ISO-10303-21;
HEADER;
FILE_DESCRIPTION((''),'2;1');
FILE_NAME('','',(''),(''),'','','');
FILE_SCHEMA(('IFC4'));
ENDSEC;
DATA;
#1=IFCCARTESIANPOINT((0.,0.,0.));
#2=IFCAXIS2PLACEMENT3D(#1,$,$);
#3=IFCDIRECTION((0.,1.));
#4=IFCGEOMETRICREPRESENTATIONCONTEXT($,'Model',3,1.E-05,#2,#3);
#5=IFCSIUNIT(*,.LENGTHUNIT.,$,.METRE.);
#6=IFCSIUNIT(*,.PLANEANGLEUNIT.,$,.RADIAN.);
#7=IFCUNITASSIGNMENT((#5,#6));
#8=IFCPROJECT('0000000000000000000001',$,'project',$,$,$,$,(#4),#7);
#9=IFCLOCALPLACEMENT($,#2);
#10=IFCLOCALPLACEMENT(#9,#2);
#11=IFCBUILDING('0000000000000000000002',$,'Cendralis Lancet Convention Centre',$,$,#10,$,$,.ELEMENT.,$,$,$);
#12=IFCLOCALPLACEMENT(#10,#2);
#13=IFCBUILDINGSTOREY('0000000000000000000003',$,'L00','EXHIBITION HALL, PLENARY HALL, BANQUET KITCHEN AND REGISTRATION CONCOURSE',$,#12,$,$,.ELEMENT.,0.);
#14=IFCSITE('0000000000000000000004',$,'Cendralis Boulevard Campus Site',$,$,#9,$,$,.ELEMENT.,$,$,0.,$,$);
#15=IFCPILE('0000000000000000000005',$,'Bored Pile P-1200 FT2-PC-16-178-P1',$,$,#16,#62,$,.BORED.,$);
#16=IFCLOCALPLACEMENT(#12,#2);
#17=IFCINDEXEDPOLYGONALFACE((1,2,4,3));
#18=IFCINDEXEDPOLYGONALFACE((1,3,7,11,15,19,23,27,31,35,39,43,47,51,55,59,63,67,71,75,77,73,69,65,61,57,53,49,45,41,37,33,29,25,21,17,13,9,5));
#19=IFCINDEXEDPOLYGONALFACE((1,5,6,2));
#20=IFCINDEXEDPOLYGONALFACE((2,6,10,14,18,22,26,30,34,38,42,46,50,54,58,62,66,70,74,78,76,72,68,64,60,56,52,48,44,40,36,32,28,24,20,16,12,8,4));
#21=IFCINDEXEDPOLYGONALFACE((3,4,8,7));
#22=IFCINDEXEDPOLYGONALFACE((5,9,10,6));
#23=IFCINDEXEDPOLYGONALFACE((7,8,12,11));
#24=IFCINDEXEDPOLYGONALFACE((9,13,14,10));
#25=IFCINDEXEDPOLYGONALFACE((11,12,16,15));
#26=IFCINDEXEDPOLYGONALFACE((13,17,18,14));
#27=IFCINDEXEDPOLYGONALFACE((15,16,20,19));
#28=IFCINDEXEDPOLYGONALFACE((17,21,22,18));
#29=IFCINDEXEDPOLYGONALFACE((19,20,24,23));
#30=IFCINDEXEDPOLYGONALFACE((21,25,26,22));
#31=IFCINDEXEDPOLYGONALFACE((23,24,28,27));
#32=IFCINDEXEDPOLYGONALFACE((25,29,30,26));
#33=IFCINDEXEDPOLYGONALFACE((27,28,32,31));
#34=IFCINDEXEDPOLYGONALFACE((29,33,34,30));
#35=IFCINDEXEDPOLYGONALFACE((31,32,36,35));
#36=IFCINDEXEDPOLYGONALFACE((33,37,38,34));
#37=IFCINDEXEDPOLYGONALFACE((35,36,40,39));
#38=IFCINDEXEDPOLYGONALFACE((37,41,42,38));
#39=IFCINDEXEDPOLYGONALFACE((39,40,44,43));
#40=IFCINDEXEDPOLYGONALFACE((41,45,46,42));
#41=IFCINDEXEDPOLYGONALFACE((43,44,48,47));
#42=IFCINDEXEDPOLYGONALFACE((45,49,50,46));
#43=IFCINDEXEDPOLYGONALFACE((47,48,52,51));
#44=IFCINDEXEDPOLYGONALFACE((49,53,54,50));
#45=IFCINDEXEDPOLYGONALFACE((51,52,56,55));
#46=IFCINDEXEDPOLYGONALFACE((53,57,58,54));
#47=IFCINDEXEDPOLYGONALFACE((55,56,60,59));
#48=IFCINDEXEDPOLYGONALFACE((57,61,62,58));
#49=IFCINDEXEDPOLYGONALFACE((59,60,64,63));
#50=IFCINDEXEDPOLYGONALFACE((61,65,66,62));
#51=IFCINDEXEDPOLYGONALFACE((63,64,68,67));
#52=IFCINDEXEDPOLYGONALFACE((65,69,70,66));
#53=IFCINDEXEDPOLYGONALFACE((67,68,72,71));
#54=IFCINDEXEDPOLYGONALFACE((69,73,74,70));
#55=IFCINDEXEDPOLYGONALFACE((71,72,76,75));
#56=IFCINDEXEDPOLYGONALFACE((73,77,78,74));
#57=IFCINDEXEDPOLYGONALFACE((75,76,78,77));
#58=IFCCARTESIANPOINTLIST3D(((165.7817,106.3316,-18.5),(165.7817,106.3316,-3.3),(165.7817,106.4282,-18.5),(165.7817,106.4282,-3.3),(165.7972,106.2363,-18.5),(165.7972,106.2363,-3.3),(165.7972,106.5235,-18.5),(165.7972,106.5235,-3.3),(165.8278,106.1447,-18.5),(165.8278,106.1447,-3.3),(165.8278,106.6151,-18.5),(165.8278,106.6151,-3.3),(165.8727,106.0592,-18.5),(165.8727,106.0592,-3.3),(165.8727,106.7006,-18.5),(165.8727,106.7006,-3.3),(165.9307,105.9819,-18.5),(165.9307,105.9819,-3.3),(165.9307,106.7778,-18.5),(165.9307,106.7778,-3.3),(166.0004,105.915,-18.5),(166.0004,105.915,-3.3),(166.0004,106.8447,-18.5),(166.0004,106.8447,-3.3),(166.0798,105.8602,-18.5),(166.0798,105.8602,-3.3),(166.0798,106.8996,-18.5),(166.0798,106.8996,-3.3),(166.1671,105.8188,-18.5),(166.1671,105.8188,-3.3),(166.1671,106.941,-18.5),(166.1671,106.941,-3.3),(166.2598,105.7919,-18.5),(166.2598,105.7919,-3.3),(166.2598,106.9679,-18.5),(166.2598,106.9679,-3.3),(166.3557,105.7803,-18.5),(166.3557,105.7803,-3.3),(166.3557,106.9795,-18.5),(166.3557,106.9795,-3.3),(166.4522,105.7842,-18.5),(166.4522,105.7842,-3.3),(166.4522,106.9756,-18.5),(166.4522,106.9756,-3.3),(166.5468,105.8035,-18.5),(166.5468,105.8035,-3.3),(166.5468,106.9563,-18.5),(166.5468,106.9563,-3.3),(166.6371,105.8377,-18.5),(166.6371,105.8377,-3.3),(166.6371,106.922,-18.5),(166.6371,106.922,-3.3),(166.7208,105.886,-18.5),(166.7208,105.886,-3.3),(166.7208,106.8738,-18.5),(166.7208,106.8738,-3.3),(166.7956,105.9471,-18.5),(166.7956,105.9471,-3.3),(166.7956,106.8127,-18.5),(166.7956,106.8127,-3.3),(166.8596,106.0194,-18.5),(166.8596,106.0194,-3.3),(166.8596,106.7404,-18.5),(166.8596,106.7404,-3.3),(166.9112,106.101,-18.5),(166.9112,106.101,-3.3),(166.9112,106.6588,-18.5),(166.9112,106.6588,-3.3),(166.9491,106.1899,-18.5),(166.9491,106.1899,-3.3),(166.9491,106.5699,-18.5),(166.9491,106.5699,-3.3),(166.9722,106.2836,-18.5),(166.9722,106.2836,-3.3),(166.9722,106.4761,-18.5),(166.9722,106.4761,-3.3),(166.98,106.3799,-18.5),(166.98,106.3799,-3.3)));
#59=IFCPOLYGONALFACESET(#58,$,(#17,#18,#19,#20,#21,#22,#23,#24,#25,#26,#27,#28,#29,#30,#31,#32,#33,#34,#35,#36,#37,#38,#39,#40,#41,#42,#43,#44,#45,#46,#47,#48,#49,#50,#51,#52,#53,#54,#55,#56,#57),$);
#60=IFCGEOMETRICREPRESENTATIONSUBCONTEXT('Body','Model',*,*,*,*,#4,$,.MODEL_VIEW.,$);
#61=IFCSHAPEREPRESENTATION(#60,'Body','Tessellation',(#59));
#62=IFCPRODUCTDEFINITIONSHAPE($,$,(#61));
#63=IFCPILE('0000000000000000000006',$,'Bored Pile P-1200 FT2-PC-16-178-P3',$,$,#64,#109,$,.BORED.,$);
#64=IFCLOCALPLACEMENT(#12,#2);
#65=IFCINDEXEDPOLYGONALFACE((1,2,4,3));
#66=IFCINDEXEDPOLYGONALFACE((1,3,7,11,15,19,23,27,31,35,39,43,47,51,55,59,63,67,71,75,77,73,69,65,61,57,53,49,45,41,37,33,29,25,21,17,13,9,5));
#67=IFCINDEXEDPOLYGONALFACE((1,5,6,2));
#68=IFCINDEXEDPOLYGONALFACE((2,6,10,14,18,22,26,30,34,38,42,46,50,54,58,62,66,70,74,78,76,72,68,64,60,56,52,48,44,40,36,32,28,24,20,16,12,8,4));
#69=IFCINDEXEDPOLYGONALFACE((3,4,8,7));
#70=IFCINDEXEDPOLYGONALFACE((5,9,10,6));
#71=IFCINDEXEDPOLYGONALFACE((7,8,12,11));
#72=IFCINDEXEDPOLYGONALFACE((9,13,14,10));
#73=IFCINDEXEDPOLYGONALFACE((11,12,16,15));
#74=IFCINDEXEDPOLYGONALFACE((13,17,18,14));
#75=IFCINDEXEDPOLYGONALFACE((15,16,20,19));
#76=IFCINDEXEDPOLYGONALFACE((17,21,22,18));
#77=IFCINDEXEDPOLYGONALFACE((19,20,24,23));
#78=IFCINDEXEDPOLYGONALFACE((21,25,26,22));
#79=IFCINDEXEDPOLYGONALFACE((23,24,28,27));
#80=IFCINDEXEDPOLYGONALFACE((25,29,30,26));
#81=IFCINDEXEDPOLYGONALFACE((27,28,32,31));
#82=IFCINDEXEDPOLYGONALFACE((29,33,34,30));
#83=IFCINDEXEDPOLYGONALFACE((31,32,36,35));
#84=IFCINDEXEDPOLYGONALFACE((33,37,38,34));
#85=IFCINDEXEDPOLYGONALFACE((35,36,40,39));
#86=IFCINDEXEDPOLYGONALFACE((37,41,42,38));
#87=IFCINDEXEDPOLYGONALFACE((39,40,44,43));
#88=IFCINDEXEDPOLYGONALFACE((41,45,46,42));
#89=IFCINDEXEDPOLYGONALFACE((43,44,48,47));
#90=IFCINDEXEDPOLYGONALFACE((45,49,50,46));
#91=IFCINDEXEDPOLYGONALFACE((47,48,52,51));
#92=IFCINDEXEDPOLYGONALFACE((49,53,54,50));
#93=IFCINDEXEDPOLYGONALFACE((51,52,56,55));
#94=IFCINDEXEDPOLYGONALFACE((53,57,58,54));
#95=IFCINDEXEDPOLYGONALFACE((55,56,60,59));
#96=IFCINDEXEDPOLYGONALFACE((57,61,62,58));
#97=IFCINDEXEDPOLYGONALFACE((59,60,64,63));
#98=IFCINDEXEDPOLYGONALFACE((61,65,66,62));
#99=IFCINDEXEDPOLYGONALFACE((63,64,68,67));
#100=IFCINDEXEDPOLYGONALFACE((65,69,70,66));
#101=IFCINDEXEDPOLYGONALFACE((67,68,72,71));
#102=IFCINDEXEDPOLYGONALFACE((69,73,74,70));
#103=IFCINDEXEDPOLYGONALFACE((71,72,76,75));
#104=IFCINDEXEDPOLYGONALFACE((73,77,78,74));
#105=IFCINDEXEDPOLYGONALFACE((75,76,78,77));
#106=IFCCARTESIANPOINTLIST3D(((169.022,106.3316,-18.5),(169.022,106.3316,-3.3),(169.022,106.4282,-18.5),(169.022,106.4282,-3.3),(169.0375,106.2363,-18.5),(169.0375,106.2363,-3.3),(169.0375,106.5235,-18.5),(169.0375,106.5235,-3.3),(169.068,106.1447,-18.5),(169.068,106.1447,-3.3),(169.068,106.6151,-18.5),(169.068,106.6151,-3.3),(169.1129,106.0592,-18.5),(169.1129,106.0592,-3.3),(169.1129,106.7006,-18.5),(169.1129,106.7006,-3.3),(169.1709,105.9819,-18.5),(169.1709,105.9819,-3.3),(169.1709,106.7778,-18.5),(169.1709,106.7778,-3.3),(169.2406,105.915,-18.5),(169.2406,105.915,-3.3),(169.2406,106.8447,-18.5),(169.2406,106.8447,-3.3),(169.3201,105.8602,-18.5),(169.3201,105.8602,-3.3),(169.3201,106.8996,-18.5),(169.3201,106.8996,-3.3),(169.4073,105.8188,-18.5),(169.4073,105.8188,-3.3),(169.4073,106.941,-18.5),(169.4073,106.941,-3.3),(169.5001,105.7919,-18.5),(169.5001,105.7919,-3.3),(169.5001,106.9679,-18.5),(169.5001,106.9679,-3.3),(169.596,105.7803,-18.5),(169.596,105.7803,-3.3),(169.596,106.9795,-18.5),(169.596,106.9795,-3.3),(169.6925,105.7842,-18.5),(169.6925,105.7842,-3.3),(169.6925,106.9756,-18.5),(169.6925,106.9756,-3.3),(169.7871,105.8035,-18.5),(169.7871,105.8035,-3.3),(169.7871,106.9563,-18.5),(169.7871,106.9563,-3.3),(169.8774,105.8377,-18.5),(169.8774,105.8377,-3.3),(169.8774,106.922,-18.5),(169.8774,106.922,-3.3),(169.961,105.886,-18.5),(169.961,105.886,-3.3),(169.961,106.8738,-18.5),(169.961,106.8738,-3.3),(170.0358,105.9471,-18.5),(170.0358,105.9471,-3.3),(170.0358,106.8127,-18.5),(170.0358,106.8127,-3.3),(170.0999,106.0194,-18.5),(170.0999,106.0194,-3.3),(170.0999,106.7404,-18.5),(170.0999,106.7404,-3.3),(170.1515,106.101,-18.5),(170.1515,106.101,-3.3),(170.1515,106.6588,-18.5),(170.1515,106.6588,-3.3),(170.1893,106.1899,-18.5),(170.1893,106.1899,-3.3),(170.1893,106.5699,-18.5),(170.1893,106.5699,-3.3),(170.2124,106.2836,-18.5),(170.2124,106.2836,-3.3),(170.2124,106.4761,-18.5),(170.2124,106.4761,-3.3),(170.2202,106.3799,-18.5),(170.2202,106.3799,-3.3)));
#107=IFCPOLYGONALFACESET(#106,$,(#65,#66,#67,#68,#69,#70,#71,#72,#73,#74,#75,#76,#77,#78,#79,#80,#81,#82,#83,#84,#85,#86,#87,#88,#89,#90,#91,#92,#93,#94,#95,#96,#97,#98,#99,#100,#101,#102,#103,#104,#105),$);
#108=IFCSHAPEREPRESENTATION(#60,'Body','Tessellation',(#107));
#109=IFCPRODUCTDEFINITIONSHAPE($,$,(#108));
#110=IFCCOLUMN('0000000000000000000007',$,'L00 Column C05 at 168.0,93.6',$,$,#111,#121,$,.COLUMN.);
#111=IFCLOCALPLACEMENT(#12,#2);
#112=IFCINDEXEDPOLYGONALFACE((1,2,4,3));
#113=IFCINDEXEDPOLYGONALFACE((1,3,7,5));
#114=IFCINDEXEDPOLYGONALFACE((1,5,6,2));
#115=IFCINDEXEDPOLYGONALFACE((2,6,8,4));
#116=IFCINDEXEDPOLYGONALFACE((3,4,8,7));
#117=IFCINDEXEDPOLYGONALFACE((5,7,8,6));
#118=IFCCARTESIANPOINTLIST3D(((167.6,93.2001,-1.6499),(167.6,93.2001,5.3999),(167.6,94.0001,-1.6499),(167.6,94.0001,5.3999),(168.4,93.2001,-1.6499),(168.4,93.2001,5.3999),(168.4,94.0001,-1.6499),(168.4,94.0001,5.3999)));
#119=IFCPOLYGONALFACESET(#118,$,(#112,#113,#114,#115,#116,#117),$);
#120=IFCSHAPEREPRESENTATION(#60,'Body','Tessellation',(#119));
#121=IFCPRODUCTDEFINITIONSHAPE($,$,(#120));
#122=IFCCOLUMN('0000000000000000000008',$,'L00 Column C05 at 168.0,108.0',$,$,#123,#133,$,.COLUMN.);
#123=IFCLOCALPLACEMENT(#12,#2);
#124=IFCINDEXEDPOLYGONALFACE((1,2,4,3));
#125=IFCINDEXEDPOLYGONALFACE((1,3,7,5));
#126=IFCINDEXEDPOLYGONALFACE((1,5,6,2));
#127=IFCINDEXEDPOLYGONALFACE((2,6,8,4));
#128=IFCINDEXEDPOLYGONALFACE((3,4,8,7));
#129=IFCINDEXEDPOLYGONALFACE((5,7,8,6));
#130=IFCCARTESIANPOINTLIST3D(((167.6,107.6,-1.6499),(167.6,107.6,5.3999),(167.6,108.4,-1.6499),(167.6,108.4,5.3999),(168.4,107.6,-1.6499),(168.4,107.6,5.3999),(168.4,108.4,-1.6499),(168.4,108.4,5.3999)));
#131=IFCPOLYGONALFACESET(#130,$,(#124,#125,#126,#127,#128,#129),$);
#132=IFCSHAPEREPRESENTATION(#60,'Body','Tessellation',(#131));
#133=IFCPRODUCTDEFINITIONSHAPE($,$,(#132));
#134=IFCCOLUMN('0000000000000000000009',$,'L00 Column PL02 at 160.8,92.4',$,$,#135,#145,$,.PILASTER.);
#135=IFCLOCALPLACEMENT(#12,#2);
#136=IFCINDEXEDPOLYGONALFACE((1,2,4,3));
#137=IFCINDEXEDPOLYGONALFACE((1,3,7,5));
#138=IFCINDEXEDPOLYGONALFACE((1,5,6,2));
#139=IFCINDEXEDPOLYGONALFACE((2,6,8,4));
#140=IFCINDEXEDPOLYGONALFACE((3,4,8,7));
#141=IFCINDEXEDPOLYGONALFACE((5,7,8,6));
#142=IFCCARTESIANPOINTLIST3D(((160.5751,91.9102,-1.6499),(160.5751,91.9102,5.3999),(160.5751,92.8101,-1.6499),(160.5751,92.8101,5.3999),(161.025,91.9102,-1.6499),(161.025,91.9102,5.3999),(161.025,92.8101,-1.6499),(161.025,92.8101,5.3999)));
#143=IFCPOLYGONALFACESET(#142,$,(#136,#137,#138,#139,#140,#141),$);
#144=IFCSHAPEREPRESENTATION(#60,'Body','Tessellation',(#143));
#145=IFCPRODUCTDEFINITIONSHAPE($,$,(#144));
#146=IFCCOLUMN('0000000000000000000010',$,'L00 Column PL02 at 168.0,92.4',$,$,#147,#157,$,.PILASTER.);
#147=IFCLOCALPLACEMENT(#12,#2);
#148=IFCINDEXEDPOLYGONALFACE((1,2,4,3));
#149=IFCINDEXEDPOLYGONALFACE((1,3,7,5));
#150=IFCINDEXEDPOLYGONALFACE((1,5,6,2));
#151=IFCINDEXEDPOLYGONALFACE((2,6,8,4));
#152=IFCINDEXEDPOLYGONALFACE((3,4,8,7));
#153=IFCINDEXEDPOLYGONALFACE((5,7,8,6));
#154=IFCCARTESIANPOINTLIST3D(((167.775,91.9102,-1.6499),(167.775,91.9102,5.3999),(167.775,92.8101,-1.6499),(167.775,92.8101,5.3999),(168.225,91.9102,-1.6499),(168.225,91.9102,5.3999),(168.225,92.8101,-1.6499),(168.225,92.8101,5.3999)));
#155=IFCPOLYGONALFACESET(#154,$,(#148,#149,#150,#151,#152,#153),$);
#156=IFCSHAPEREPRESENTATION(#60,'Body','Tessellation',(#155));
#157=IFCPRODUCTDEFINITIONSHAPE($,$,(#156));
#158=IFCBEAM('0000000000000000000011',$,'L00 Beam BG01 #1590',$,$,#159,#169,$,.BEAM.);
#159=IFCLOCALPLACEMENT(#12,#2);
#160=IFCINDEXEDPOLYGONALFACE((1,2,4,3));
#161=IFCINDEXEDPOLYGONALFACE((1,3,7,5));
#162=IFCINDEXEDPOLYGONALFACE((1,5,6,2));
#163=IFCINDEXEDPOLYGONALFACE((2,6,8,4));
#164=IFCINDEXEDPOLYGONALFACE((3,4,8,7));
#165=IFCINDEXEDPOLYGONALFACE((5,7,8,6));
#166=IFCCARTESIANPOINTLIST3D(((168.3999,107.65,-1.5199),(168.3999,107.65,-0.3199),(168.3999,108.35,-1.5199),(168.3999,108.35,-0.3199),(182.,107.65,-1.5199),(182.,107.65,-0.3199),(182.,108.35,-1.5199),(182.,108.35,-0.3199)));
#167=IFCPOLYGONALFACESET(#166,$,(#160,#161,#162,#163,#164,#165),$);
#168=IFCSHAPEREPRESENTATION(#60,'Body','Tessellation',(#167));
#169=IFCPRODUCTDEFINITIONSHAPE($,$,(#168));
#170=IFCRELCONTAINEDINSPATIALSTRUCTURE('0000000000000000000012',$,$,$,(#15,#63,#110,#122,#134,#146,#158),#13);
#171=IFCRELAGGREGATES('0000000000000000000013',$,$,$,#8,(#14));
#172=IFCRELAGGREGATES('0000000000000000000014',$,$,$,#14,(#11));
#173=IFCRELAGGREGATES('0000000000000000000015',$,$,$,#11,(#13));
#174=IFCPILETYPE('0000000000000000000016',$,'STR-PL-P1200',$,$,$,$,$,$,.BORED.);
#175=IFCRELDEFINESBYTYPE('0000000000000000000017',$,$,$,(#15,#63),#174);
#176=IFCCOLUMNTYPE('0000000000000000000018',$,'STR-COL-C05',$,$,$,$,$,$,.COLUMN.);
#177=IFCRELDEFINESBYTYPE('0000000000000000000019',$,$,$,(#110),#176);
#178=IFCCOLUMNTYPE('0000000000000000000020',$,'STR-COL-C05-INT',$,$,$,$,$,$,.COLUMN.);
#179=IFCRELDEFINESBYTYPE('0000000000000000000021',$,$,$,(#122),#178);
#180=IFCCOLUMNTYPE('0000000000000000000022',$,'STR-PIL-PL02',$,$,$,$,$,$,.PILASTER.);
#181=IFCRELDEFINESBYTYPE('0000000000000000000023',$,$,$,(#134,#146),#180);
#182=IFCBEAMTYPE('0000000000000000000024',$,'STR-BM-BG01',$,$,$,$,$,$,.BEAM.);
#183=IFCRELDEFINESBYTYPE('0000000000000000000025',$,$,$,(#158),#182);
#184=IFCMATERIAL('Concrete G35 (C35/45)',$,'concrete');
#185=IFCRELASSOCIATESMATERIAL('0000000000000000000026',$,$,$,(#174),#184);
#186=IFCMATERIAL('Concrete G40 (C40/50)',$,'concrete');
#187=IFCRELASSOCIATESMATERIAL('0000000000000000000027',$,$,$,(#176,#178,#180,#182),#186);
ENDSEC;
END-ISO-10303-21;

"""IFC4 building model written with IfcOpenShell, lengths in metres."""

from ifc_helpers import new_model, si_unit, direction, frame, origin, origin_2d, place, context, subcontext, project, spatial, rectangle, circle, extrude, material, material_profile, profile_set, type_object, element, save


model = new_model("IFC4")

# Units and contexts
model_context = context("Model", 3, precision=1e-05, world=origin(), true_north=direction((0.0, 1.0)))
body_context = subcontext(model_context, "Body", "Model", "MODEL_VIEW")
ifc_project = project(units=[si_unit("LENGTHUNIT", "METRE"), si_unit("PLANEANGLEUNIT", "RADIAN")], contexts=[model_context])

# Site, building, storey
site_placement = place(None, origin())
site = spatial("IfcSite", under=ifc_project, at=site_placement, Name="Cendralis Boulevard Campus Site", CompositionType="ELEMENT", RefElevation=0.0)
building_placement = place(site_placement, origin())
building = spatial("IfcBuilding", under=site, at=building_placement, Name="Cendralis Lancet Convention Centre", CompositionType="ELEMENT")
storey_placement = place(building_placement, origin())
storey = spatial("IfcBuildingStorey", under=building, at=storey_placement, Name="L00", Description="EXHIBITION HALL, PLENARY HALL, BANQUET KITCHEN AND REGISTRATION CONCOURSE", CompositionType="ELEMENT", Elevation=0.0)

# Shared definitions
ifc_material_1 = material(Name="Concrete G35 (C35/45)", Category="concrete")

# Piles
ifc_material_profile_1 = material_profile(ifc_material_1, circle(Radius=0.6001, at=origin_2d()), Name="BORED PILE D1200")
ifc_profile_set_1 = profile_set([ifc_material_profile_1], Name="Concrete G35 (C35/45)")
pile_type_1 = type_object("IfcPileType", Name="STR-PL-P1200", PredefinedType="BORED", material=ifc_profile_set_1)
for number, where, z_axis, x_axis, name in (
    (1, (166.3799, 106.3799, -3.3), (0.0, 0.0, -1.0), (1.0, 0.0, 0.0), "Bored Pile P-1200 FT2-PC-16-178-P1"),
    (2, (169.6201, 106.3799, -3.3), (0.0, 0.0, -1.0), (1.0, 0.0, 0.0), "Bored Pile P-1200 FT2-PC-16-178-P3"),
):
    element("IfcPile", number, at=place(storey_placement, frame(where, z_axis=z_axis, x_axis=x_axis)), inside=storey, type_object=pile_type_1, Name=name, PredefinedType="BORED", context=body_context, shape_type="SweptSolid", body=[
        extrude(circle(Radius=0.6001, at=origin_2d()), origin(), (0.0, 0.0, 1.0), 15.2),
    ])

# Columns
ifc_material_2 = material(Name="Concrete G40 (C40/50)", Category="concrete")
ifc_material_profile_2 = material_profile(ifc_material_2, rectangle(XDim=0.8, YDim=0.8, at=origin_2d()), Name="RC 800x800")
ifc_profile_set_2 = profile_set([ifc_material_profile_2], Name="Concrete G40 (C40/50)")
column_type_1 = type_object("IfcColumnType", Name="STR-COL-C05", PredefinedType="COLUMN", material=ifc_profile_set_2)
column_1_placement = place(storey_placement, frame((168.0, 93.6001, -1.6499), z_axis=(0.0, 0.0, 1.0), x_axis=(1.0, 0.0, 0.0)))
element("IfcColumn", 3, at=column_1_placement, inside=storey, type_object=column_type_1, Name="L00 Column C05 at 168.0,93.6", PredefinedType="COLUMN", context=body_context, shape_type="SweptSolid", body=[
    extrude(rectangle(XDim=0.8, YDim=0.8, at=origin_2d()), origin(), (0.0, 0.0, 1.0), 7.0498),
])
ifc_material_profile_3 = material_profile(ifc_material_2, rectangle(XDim=0.8, YDim=0.8, at=origin_2d()), Name="RC 800x800")
ifc_profile_set_3 = profile_set([ifc_material_profile_3], Name="Concrete G40 (C40/50)")
column_type_2 = type_object("IfcColumnType", Name="STR-COL-C05-INT", PredefinedType="COLUMN", material=ifc_profile_set_3)
column_2_placement = place(storey_placement, frame((168.0, 108.0, -1.6499), z_axis=(0.0, 0.0, 1.0), x_axis=(1.0, 0.0, 0.0)))
element("IfcColumn", 4, at=column_2_placement, inside=storey, type_object=column_type_2, Name="L00 Column C05 at 168.0,108.0", PredefinedType="COLUMN", context=body_context, shape_type="SweptSolid", body=[
    extrude(rectangle(XDim=0.8, YDim=0.8, at=origin_2d()), origin(), (0.0, 0.0, 1.0), 7.0498),
])
ifc_material_profile_4 = material_profile(ifc_material_2, rectangle(XDim=0.45, YDim=0.8999, at=origin_2d()), Name="RC 450x900")
ifc_profile_set_4 = profile_set([ifc_material_profile_4], Name="Concrete G40 (C40/50)")
column_type_3 = type_object("IfcColumnType", Name="STR-PIL-PL02", PredefinedType="PILASTER", material=ifc_profile_set_4)
for number, where, z_axis, x_axis, name in (
    (5, (160.8, 92.3601, -1.6499), (0.0, 0.0, 1.0), (1.0, 0.0, 0.0), "L00 Column PL02 at 160.8,92.4"),
    (6, (168.0, 92.3601, -1.6499), (0.0, 0.0, 1.0), (1.0, 0.0, 0.0), "L00 Column PL02 at 168.0,92.4"),
):
    element("IfcColumn", number, at=place(storey_placement, frame(where, z_axis=z_axis, x_axis=x_axis)), inside=storey, type_object=column_type_3, Name=name, PredefinedType="PILASTER", context=body_context, shape_type="SweptSolid", body=[
        extrude(rectangle(XDim=0.45, YDim=0.8999, at=origin_2d()), origin(), (0.0, 0.0, 1.0), 7.0498),
    ])

# Beam
ifc_material_profile_5 = material_profile(ifc_material_2, rectangle(XDim=0.7, YDim=1.2, at=origin_2d()), Name="RCB 700x1200")
ifc_profile_set_5 = profile_set([ifc_material_profile_5], Name="Concrete G40 (C40/50)")
beam_type_1 = type_object("IfcBeamType", Name="STR-BM-BG01", PredefinedType="BEAM", material=ifc_profile_set_5)
beam_1_placement = place(storey_placement, frame((168.3999, 108.0, -0.9199), z_axis=(1.0, 0.0, 0.0), x_axis=(0.0, 1.0, 0.0)))
element("IfcBeam", 7, at=beam_1_placement, inside=storey, type_object=beam_type_1, Name="L00 Beam BG01 #1590", PredefinedType="BEAM", context=body_context, shape_type="SweptSolid", body=[
    extrude(rectangle(XDim=0.7, YDim=1.2, at=origin_2d()), origin(), (0.0, 0.0, 1.0), 13.6001),
])

save(model, "model.ifc")
